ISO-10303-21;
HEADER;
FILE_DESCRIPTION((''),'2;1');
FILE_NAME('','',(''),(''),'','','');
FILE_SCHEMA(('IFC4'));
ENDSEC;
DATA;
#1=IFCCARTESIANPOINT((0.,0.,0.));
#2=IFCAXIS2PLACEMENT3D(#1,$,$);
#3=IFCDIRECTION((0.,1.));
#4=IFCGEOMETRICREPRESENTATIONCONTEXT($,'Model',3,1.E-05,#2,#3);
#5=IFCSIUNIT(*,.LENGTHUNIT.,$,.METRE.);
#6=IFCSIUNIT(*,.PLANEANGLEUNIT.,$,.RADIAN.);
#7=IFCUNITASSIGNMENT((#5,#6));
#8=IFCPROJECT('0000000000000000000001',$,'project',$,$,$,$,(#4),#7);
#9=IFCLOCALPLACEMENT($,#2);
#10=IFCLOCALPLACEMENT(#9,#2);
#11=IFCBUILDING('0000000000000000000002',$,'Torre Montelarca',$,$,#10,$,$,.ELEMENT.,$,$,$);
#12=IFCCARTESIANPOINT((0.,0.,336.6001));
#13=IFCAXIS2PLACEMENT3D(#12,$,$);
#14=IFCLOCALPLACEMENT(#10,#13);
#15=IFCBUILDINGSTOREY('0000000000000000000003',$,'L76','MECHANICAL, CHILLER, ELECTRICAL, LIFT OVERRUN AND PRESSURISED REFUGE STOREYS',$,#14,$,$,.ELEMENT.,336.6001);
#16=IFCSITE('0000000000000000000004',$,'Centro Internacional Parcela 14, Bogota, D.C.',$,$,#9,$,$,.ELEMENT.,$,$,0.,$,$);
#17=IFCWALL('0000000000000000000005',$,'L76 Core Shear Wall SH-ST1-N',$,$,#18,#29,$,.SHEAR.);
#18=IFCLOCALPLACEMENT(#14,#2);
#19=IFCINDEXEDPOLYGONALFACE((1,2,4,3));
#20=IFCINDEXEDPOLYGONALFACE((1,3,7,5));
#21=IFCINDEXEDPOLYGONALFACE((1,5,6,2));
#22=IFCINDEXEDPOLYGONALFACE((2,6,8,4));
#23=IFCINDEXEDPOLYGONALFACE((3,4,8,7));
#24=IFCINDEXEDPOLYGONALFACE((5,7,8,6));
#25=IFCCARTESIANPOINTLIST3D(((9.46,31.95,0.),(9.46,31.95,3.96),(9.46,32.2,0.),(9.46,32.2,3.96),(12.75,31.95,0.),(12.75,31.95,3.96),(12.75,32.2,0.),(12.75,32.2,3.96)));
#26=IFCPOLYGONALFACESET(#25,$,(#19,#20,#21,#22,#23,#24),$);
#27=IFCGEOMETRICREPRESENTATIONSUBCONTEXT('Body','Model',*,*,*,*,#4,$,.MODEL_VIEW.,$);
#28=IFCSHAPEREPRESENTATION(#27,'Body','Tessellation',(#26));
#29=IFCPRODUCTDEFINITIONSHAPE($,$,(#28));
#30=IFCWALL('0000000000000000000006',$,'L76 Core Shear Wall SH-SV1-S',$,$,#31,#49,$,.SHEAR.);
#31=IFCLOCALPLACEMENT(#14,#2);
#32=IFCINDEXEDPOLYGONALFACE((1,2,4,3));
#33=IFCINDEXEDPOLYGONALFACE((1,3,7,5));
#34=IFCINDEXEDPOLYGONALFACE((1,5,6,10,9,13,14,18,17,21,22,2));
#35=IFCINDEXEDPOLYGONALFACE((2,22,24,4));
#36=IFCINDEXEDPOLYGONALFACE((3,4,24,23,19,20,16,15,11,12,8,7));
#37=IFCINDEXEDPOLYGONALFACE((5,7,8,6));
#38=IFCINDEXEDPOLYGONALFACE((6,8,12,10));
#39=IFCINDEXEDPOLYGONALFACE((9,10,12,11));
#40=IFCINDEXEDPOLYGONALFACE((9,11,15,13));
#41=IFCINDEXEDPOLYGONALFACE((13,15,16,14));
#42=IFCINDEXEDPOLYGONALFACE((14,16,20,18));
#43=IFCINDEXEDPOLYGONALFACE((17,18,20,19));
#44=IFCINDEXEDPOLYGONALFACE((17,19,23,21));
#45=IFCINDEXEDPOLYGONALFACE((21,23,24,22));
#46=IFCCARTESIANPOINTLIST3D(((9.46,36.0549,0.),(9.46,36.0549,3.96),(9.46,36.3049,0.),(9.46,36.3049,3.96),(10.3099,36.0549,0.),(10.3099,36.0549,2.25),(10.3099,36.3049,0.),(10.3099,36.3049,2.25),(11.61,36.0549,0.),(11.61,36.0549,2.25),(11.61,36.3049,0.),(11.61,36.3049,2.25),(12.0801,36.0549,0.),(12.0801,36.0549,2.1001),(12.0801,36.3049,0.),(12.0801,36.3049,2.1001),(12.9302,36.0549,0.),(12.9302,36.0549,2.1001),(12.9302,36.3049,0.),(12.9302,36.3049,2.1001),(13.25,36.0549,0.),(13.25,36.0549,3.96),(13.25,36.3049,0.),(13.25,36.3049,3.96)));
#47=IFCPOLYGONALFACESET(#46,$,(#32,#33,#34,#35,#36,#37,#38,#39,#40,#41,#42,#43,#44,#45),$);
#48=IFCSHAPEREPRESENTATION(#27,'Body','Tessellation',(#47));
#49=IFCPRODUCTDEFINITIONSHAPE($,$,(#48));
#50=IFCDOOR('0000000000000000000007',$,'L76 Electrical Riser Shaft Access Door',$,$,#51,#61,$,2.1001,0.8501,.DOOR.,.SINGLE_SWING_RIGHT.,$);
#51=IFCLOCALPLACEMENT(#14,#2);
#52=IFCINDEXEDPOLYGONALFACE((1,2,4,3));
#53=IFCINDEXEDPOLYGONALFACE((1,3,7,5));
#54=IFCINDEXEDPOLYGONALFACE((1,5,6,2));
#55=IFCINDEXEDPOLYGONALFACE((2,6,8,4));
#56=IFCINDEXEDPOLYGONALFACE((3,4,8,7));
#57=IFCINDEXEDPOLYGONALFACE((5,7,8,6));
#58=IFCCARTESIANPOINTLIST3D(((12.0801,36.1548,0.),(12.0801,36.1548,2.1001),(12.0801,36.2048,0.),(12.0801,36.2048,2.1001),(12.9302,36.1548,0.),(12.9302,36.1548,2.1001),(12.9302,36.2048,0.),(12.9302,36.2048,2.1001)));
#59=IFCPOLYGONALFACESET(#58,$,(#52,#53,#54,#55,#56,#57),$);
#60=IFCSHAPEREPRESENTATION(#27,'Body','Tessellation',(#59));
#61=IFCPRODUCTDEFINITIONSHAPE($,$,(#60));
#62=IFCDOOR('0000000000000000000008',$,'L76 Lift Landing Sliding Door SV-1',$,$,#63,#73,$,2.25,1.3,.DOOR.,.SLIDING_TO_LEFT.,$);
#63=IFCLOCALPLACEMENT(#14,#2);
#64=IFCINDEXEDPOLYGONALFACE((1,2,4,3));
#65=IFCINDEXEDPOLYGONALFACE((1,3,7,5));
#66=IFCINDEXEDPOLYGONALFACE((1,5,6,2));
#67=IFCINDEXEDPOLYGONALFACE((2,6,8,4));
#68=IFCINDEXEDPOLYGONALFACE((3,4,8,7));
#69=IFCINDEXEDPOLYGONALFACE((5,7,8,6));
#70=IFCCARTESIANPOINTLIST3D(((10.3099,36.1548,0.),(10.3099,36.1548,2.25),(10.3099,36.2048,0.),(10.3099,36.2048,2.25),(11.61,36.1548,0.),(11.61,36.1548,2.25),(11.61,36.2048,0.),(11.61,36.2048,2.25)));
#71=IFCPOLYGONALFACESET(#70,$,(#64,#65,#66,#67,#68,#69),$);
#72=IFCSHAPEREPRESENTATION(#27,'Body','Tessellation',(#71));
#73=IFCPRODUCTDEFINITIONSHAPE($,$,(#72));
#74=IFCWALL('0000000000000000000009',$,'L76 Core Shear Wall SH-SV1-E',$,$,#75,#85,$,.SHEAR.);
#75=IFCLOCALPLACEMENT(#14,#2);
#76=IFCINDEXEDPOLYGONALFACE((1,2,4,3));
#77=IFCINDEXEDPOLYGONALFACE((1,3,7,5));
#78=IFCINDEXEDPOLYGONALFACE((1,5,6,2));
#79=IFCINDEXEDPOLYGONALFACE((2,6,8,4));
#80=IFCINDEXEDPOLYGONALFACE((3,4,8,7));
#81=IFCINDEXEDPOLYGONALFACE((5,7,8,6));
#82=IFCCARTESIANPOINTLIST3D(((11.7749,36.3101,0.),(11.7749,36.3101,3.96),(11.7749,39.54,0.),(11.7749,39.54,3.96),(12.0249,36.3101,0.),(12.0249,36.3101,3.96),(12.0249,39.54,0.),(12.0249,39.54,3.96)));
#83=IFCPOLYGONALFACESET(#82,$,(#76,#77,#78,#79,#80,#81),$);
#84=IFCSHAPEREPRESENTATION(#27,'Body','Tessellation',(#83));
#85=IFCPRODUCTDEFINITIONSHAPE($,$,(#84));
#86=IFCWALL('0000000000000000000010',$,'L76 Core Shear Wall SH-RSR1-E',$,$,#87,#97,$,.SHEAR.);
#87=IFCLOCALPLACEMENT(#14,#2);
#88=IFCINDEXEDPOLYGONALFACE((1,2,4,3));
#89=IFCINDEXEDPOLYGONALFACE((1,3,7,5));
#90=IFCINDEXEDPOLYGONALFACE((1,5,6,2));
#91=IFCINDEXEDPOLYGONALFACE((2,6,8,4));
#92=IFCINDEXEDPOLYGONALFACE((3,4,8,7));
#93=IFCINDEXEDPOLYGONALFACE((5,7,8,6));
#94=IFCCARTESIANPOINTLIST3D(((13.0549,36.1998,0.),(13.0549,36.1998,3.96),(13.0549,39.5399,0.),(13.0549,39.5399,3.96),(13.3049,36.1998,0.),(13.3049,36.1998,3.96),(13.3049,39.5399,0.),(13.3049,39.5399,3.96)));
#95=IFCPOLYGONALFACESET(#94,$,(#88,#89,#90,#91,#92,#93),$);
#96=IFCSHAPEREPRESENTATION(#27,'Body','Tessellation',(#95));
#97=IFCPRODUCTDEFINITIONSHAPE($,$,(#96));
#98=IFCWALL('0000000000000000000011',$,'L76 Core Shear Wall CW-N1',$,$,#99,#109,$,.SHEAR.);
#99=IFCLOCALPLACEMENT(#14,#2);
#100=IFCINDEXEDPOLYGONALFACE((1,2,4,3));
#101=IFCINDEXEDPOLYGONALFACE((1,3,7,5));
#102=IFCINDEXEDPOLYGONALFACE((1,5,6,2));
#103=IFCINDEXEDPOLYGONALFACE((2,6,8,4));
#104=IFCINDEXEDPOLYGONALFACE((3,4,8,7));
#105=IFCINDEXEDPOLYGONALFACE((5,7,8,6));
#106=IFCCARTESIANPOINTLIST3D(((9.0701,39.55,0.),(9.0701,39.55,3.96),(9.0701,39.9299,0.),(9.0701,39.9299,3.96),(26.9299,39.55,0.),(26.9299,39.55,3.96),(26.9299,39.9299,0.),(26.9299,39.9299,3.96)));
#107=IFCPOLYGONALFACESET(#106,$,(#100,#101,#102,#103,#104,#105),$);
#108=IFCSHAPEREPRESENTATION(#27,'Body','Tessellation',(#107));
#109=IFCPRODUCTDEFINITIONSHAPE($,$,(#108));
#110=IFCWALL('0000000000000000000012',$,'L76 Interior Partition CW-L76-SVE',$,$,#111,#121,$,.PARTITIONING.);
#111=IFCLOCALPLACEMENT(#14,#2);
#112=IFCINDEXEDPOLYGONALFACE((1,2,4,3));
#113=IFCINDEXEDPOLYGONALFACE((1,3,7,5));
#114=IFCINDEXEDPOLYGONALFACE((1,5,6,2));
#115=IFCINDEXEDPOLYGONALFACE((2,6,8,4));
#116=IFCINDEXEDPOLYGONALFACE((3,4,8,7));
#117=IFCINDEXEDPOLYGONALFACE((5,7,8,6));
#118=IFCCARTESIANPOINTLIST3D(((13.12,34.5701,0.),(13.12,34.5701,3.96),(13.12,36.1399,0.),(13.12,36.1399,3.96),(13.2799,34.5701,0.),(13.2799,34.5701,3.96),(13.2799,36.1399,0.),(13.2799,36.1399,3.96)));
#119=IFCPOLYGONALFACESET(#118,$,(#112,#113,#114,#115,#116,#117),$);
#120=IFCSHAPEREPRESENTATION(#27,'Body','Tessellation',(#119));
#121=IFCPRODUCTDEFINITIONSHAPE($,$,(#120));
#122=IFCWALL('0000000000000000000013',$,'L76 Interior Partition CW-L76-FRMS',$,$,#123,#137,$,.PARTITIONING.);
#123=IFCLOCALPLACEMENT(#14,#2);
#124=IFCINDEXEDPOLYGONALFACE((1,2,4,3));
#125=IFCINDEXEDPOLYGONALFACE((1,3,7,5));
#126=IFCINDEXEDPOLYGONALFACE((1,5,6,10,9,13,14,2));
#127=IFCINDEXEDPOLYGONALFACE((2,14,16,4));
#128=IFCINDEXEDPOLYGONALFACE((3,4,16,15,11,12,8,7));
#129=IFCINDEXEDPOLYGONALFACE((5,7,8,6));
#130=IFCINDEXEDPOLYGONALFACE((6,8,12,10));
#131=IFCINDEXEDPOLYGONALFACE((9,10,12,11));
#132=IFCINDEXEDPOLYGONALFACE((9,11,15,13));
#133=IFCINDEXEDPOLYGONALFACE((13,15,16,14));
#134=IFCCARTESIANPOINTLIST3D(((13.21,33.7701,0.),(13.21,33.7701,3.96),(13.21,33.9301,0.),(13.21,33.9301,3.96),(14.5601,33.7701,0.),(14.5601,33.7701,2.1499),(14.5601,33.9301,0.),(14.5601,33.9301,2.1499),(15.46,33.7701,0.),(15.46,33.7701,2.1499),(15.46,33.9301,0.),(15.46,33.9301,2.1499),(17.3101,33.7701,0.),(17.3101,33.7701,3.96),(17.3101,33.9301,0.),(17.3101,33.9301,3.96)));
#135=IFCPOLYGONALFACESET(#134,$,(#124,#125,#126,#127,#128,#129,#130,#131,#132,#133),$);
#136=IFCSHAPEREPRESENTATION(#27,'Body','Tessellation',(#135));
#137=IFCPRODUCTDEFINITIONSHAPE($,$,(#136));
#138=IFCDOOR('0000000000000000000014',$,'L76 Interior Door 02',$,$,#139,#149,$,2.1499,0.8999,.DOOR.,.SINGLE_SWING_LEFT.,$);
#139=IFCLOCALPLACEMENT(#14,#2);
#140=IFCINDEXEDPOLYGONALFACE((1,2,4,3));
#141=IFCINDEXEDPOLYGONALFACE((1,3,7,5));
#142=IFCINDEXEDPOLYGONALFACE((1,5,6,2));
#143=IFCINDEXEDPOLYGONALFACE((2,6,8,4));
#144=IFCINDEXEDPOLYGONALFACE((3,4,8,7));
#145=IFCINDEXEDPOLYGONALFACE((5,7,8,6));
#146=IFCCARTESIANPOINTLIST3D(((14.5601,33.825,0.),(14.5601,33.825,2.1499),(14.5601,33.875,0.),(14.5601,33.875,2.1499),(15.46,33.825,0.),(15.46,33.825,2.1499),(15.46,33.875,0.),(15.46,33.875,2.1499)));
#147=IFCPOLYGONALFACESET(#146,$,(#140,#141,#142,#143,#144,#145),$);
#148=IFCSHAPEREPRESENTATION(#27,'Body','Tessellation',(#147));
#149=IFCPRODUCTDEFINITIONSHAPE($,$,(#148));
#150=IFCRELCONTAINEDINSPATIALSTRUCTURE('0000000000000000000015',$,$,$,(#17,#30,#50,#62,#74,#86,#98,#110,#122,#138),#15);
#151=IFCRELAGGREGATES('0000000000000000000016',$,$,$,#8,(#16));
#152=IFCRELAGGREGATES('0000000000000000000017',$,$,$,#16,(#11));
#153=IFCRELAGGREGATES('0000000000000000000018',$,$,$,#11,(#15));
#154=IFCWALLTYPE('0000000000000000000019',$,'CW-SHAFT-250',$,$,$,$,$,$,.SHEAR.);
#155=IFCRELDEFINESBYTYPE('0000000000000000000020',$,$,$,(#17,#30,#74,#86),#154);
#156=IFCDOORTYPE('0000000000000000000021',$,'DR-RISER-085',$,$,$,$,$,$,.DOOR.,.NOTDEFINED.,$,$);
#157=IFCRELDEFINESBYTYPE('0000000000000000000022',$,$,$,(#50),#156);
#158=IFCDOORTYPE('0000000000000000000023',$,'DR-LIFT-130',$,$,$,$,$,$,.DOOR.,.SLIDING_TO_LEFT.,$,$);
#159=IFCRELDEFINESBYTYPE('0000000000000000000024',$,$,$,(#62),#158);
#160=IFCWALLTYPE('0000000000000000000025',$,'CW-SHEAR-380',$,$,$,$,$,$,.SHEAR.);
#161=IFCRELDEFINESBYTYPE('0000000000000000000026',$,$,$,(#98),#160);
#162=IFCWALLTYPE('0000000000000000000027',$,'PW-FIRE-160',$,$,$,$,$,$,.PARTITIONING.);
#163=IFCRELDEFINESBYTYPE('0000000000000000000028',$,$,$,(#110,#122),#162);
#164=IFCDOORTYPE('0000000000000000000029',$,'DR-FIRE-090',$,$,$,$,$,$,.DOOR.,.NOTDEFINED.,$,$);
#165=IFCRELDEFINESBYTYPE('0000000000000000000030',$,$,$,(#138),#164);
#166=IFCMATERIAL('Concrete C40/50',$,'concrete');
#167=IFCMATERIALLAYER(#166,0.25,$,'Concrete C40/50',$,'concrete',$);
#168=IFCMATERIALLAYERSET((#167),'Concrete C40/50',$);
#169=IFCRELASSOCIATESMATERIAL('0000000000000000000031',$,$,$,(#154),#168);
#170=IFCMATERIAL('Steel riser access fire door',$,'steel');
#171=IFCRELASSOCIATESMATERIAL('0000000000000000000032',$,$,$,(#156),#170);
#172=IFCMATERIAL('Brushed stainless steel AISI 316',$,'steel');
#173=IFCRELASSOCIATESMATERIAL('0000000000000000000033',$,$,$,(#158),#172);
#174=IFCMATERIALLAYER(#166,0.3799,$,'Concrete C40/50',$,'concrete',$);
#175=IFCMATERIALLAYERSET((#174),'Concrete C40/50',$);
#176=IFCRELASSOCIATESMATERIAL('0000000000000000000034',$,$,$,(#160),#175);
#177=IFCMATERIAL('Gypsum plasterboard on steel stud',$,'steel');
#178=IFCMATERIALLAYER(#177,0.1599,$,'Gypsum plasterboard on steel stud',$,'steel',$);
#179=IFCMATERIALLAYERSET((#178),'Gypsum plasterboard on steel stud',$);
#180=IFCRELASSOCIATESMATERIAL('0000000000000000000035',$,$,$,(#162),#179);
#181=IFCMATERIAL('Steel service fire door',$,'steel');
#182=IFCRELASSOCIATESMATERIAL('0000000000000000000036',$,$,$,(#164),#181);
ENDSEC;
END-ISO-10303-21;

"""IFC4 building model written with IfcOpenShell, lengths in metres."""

from ifc_helpers import new_model, si_unit, direction, frame, frame_2d, origin, place, context, subcontext, project, spatial, rectangle, extrude, source, transform, mapped, material, layer, layer_set, type_object, element, fill, save


model = new_model("IFC4")

# Units and contexts
model_context = context("Model", 3, precision=1e-05, world=origin(), true_north=direction((0.0, 1.0)))
body_context = subcontext(model_context, "Body", "Model", "MODEL_VIEW")
ifc_project = project(units=[si_unit("LENGTHUNIT", "METRE"), si_unit("PLANEANGLEUNIT", "RADIAN")], contexts=[model_context])

# Site, building, storey
site_placement = place(None, origin())
site = spatial("IfcSite", under=ifc_project, at=site_placement, Name="Centro Internacional Parcela 14, Bogota, D.C.", CompositionType="ELEMENT", RefElevation=0.0)
building_placement = place(site_placement, origin())
building = spatial("IfcBuilding", under=site, at=building_placement, Name="Torre Montelarca", CompositionType="ELEMENT")
storey_placement = place(building_placement, frame((0.0, 0.0, 336.6001)))
storey = spatial("IfcBuildingStorey", under=building, at=storey_placement, Name="L76", Description="MECHANICAL, CHILLER, ELECTRICAL, LIFT OVERRUN AND PRESSURISED REFUGE STOREYS", CompositionType="ELEMENT", Elevation=336.6001)

# Shared definitions
ifc_material_1 = material(Name="Concrete C40/50", Category="concrete")

# Wall
ifc_layer_1 = layer(ifc_material_1, 0.25, Name="Concrete C40/50", Category="concrete")
ifc_layer_set_1 = layer_set([ifc_layer_1], Name="Concrete C40/50")
wall_type_1 = type_object("IfcWallType", Name="CW-SHAFT-250", PredefinedType="SHEAR", material=ifc_layer_set_1)
wall_1_placement = place(storey_placement, frame((9.46, 32.075, 0.0), z_axis=(0.0, 0.0, 1.0), x_axis=(1.0, 0.0, 0.0)))
element("IfcWall", 1, at=wall_1_placement, inside=storey, type_object=wall_type_1, Name="L76 Core Shear Wall SH-ST1-N", PredefinedType="SHEAR", context=body_context, shape_type="SweptSolid", body=[
    extrude(rectangle(XDim=3.29, YDim=0.25, at=frame_2d((1.645, 0.0))), origin(), (0.0, 0.0, 1.0), 3.96),
])

# Wall, openings, doors
wall_2_placement = place(storey_placement, frame((9.46, 36.1799, 0.0), z_axis=(0.0, 0.0, 1.0), x_axis=(1.0, 0.0, 0.0)))
wall_2 = element("IfcWall", 2, at=wall_2_placement, inside=storey, type_object=wall_type_1, Name="L76 Core Shear Wall SH-SV1-S", PredefinedType="SHEAR", context=body_context, shape_type="SweptSolid", body=[
    extrude(rectangle(XDim=3.79, YDim=0.25, at=frame_2d((1.895, 0.0))), origin(), (0.0, 0.0, 1.0), 3.96),
])
opening_1_placement = place(wall_2_placement, frame((2.6201, 0.0, 0.0)))
opening_1 = element("IfcOpeningElement", 3, at=opening_1_placement, cuts=wall_2, PredefinedType="OPENING", context=body_context, shape_type="SweptSolid", body=[
    extrude(rectangle(XDim=0.8501, YDim=2.1001, at=frame_2d((0.425, 1.05))), frame((0.0, 0.135, 0.0), z_axis=(0.0, -1.0, 0.0), x_axis=(1.0, 0.0, 0.0)), (0.0, 0.0, 1.0), 0.27),
])
opening_2_placement = place(wall_2_placement, frame((0.8501, 0.0, 0.0)))
opening_2 = element("IfcOpeningElement", 4, at=opening_2_placement, cuts=wall_2, PredefinedType="OPENING", context=body_context, shape_type="SweptSolid", body=[
    extrude(rectangle(XDim=1.3, YDim=2.25, at=frame_2d((0.6499, 1.125))), frame((0.0, 0.135, 0.0), z_axis=(0.0, -1.0, 0.0), x_axis=(1.0, 0.0, 0.0)), (0.0, 0.0, 1.0), 0.27),
])
ifc_material_2 = material(Name="Steel riser access fire door", Category="steel")
door_type_1 = type_object("IfcDoorType", Name="DR-RISER-085", OperationType="NOTDEFINED", PredefinedType="DOOR", material=ifc_material_2)
shared_shape_1 = source(origin(), body_context, "Body", "SweptSolid", [
    extrude(rectangle(XDim=0.8501, YDim=2.1001, at=frame_2d((0.425, 1.05))), frame((0.0, 0.0249, 0.0), z_axis=(0.0, -1.0, 0.0), x_axis=(1.0, 0.0, 0.0)), (0.0, 0.0, 1.0), 0.05),
])
door_1_placement = place(opening_1_placement, origin())
door_1 = element("IfcDoor", 5, at=door_1_placement, inside=storey, type_object=door_type_1, Name="L76 Electrical Riser Shaft Access Door", OperationType="SINGLE_SWING_RIGHT", OverallHeight=2.1001, OverallWidth=0.8501, PredefinedType="DOOR", context=body_context, shape_type="MappedRepresentation", body=[
    mapped(shared_shape_1, transform((0.0, 0.0, 0.0), scale=1.0)),
])
fill(opening_1, door_1)
ifc_material_3 = material(Name="Brushed stainless steel AISI 316", Category="steel")
door_type_2 = type_object("IfcDoorType", Name="DR-LIFT-130", OperationType="SLIDING_TO_LEFT", PredefinedType="DOOR", material=ifc_material_3)
shared_shape_2 = source(origin(), body_context, "Body", "SweptSolid", [
    extrude(rectangle(XDim=1.3, YDim=2.25, at=frame_2d((0.6499, 1.125))), frame((0.0, 0.0249, 0.0), z_axis=(0.0, -1.0, 0.0), x_axis=(1.0, 0.0, 0.0)), (0.0, 0.0, 1.0), 0.05),
])
door_2_placement = place(opening_2_placement, origin())
door_2 = element("IfcDoor", 6, at=door_2_placement, inside=storey, type_object=door_type_2, Name="L76 Lift Landing Sliding Door SV-1", OperationType="SLIDING_TO_LEFT", OverallHeight=2.25, OverallWidth=1.3, PredefinedType="DOOR", context=body_context, shape_type="MappedRepresentation", body=[
    mapped(shared_shape_2, transform((0.0, 0.0, 0.0), scale=1.0)),
])
fill(opening_2, door_2)

# Walls
wall_3_placement = place(storey_placement, frame((11.8999, 36.3101, 0.0), z_axis=(0.0, 0.0, 1.0), x_axis=(0.0, 1.0, 0.0)))
element("IfcWall", 7, at=wall_3_placement, inside=storey, type_object=wall_type_1, Name="L76 Core Shear Wall SH-SV1-E", PredefinedType="SHEAR", context=body_context, shape_type="SweptSolid", body=[
    extrude(rectangle(XDim=3.23, YDim=0.25, at=frame_2d((1.615, 0.0))), origin(), (0.0, 0.0, 1.0), 3.96),
])
wall_4_placement = place(storey_placement, frame((13.1799, 36.2, 0.0), z_axis=(0.0, 0.0, 1.0), x_axis=(0.0, 1.0, 0.0)))
element("IfcWall", 8, at=wall_4_placement, inside=storey, type_object=wall_type_1, Name="L76 Core Shear Wall SH-RSR1-E", PredefinedType="SHEAR", context=body_context, shape_type="SweptSolid", body=[
    extrude(rectangle(XDim=3.3401, YDim=0.25, at=frame_2d((1.6699, 0.0))), origin(), (0.0, 0.0, 1.0), 3.96),
])
ifc_layer_2 = layer(ifc_material_1, 0.3799, Name="Concrete C40/50", Category="concrete")
ifc_layer_set_2 = layer_set([ifc_layer_2], Name="Concrete C40/50")
wall_type_2 = type_object("IfcWallType", Name="CW-SHEAR-380", PredefinedType="SHEAR", material=ifc_layer_set_2)
wall_5_placement = place(storey_placement, frame((9.0701, 39.74, 0.0), z_axis=(0.0, 0.0, 1.0), x_axis=(1.0, 0.0, 0.0)))
element("IfcWall", 9, at=wall_5_placement, inside=storey, type_object=wall_type_2, Name="L76 Core Shear Wall CW-N1", PredefinedType="SHEAR", context=body_context, shape_type="SweptSolid", body=[
    extrude(rectangle(XDim=17.8599, YDim=0.3799, at=frame_2d((8.9299, 0.0))), origin(), (0.0, 0.0, 1.0), 3.96),
])

# Shared definitions
ifc_material_4 = material(Name="Gypsum plasterboard on steel stud", Category="steel")
ifc_layer_3 = layer(ifc_material_4, 0.1599, Name="Gypsum plasterboard on steel stud", Category="steel")
ifc_layer_set_3 = layer_set([ifc_layer_3], Name="Gypsum plasterboard on steel stud")
wall_type_3 = type_object("IfcWallType", Name="PW-FIRE-160", PredefinedType="PARTITIONING", material=ifc_layer_set_3)
ifc_material_5 = material(Name="Steel service fire door", Category="steel")
door_type_3 = type_object("IfcDoorType", Name="DR-FIRE-090", OperationType="NOTDEFINED", PredefinedType="DOOR", material=ifc_material_5)
shared_shape_3 = source(origin(), body_context, "Body", "SweptSolid", [
    extrude(rectangle(XDim=0.8999, YDim=2.1499, at=frame_2d((0.45, 1.075))), frame((0.0, 0.0249, 0.0), z_axis=(0.0, -1.0, 0.0), x_axis=(1.0, 0.0, 0.0)), (0.0, 0.0, 1.0), 0.05),
])

# Wall
wall_6_placement = place(storey_placement, frame((13.2, 34.5701, 0.0), z_axis=(0.0, 0.0, 1.0), x_axis=(0.0, 1.0, 0.0)))
element("IfcWall", 10, at=wall_6_placement, inside=storey, type_object=wall_type_3, Name="L76 Interior Partition CW-L76-SVE", PredefinedType="PARTITIONING", context=body_context, shape_type="SweptSolid", body=[
    extrude(rectangle(XDim=1.5698, YDim=0.1599, at=frame_2d((0.7849, 0.0))), origin(), (0.0, 0.0, 1.0), 3.96),
])

# Wall, opening, door
wall_7_placement = place(storey_placement, frame((13.21, 33.8501, 0.0), z_axis=(0.0, 0.0, 1.0), x_axis=(1.0, 0.0, 0.0)))
wall_7 = element("IfcWall", 11, at=wall_7_placement, inside=storey, type_object=wall_type_3, Name="L76 Interior Partition CW-L76-FRMS", PredefinedType="PARTITIONING", context=body_context, shape_type="SweptSolid", body=[
    extrude(rectangle(XDim=4.1001, YDim=0.1599, at=frame_2d((2.05, 0.0))), origin(), (0.0, 0.0, 1.0), 3.96),
])
opening_3_placement = place(wall_7_placement, frame((1.3501, 0.0, 0.0)))
opening_3 = element("IfcOpeningElement", 12, at=opening_3_placement, cuts=wall_7, PredefinedType="OPENING", context=body_context, shape_type="SweptSolid", body=[
    extrude(rectangle(XDim=0.8999, YDim=2.1499, at=frame_2d((0.45, 1.075))), frame((0.0, 0.0898, 0.0), z_axis=(0.0, -1.0, 0.0), x_axis=(1.0, 0.0, 0.0)), (0.0, 0.0, 1.0), 0.1799),
])
door_3_placement = place(opening_3_placement, origin())
door_3 = element("IfcDoor", 13, at=door_3_placement, inside=storey, type_object=door_type_3, Name="L76 Interior Door 02", OperationType="SINGLE_SWING_LEFT", OverallHeight=2.1499, OverallWidth=0.8999, PredefinedType="DOOR", context=body_context, shape_type="MappedRepresentation", body=[
    mapped(shared_shape_3, transform((0.0, 0.0, 0.0), scale=1.0)),
])
fill(opening_3, door_3)

save(model, "model.ifc")
